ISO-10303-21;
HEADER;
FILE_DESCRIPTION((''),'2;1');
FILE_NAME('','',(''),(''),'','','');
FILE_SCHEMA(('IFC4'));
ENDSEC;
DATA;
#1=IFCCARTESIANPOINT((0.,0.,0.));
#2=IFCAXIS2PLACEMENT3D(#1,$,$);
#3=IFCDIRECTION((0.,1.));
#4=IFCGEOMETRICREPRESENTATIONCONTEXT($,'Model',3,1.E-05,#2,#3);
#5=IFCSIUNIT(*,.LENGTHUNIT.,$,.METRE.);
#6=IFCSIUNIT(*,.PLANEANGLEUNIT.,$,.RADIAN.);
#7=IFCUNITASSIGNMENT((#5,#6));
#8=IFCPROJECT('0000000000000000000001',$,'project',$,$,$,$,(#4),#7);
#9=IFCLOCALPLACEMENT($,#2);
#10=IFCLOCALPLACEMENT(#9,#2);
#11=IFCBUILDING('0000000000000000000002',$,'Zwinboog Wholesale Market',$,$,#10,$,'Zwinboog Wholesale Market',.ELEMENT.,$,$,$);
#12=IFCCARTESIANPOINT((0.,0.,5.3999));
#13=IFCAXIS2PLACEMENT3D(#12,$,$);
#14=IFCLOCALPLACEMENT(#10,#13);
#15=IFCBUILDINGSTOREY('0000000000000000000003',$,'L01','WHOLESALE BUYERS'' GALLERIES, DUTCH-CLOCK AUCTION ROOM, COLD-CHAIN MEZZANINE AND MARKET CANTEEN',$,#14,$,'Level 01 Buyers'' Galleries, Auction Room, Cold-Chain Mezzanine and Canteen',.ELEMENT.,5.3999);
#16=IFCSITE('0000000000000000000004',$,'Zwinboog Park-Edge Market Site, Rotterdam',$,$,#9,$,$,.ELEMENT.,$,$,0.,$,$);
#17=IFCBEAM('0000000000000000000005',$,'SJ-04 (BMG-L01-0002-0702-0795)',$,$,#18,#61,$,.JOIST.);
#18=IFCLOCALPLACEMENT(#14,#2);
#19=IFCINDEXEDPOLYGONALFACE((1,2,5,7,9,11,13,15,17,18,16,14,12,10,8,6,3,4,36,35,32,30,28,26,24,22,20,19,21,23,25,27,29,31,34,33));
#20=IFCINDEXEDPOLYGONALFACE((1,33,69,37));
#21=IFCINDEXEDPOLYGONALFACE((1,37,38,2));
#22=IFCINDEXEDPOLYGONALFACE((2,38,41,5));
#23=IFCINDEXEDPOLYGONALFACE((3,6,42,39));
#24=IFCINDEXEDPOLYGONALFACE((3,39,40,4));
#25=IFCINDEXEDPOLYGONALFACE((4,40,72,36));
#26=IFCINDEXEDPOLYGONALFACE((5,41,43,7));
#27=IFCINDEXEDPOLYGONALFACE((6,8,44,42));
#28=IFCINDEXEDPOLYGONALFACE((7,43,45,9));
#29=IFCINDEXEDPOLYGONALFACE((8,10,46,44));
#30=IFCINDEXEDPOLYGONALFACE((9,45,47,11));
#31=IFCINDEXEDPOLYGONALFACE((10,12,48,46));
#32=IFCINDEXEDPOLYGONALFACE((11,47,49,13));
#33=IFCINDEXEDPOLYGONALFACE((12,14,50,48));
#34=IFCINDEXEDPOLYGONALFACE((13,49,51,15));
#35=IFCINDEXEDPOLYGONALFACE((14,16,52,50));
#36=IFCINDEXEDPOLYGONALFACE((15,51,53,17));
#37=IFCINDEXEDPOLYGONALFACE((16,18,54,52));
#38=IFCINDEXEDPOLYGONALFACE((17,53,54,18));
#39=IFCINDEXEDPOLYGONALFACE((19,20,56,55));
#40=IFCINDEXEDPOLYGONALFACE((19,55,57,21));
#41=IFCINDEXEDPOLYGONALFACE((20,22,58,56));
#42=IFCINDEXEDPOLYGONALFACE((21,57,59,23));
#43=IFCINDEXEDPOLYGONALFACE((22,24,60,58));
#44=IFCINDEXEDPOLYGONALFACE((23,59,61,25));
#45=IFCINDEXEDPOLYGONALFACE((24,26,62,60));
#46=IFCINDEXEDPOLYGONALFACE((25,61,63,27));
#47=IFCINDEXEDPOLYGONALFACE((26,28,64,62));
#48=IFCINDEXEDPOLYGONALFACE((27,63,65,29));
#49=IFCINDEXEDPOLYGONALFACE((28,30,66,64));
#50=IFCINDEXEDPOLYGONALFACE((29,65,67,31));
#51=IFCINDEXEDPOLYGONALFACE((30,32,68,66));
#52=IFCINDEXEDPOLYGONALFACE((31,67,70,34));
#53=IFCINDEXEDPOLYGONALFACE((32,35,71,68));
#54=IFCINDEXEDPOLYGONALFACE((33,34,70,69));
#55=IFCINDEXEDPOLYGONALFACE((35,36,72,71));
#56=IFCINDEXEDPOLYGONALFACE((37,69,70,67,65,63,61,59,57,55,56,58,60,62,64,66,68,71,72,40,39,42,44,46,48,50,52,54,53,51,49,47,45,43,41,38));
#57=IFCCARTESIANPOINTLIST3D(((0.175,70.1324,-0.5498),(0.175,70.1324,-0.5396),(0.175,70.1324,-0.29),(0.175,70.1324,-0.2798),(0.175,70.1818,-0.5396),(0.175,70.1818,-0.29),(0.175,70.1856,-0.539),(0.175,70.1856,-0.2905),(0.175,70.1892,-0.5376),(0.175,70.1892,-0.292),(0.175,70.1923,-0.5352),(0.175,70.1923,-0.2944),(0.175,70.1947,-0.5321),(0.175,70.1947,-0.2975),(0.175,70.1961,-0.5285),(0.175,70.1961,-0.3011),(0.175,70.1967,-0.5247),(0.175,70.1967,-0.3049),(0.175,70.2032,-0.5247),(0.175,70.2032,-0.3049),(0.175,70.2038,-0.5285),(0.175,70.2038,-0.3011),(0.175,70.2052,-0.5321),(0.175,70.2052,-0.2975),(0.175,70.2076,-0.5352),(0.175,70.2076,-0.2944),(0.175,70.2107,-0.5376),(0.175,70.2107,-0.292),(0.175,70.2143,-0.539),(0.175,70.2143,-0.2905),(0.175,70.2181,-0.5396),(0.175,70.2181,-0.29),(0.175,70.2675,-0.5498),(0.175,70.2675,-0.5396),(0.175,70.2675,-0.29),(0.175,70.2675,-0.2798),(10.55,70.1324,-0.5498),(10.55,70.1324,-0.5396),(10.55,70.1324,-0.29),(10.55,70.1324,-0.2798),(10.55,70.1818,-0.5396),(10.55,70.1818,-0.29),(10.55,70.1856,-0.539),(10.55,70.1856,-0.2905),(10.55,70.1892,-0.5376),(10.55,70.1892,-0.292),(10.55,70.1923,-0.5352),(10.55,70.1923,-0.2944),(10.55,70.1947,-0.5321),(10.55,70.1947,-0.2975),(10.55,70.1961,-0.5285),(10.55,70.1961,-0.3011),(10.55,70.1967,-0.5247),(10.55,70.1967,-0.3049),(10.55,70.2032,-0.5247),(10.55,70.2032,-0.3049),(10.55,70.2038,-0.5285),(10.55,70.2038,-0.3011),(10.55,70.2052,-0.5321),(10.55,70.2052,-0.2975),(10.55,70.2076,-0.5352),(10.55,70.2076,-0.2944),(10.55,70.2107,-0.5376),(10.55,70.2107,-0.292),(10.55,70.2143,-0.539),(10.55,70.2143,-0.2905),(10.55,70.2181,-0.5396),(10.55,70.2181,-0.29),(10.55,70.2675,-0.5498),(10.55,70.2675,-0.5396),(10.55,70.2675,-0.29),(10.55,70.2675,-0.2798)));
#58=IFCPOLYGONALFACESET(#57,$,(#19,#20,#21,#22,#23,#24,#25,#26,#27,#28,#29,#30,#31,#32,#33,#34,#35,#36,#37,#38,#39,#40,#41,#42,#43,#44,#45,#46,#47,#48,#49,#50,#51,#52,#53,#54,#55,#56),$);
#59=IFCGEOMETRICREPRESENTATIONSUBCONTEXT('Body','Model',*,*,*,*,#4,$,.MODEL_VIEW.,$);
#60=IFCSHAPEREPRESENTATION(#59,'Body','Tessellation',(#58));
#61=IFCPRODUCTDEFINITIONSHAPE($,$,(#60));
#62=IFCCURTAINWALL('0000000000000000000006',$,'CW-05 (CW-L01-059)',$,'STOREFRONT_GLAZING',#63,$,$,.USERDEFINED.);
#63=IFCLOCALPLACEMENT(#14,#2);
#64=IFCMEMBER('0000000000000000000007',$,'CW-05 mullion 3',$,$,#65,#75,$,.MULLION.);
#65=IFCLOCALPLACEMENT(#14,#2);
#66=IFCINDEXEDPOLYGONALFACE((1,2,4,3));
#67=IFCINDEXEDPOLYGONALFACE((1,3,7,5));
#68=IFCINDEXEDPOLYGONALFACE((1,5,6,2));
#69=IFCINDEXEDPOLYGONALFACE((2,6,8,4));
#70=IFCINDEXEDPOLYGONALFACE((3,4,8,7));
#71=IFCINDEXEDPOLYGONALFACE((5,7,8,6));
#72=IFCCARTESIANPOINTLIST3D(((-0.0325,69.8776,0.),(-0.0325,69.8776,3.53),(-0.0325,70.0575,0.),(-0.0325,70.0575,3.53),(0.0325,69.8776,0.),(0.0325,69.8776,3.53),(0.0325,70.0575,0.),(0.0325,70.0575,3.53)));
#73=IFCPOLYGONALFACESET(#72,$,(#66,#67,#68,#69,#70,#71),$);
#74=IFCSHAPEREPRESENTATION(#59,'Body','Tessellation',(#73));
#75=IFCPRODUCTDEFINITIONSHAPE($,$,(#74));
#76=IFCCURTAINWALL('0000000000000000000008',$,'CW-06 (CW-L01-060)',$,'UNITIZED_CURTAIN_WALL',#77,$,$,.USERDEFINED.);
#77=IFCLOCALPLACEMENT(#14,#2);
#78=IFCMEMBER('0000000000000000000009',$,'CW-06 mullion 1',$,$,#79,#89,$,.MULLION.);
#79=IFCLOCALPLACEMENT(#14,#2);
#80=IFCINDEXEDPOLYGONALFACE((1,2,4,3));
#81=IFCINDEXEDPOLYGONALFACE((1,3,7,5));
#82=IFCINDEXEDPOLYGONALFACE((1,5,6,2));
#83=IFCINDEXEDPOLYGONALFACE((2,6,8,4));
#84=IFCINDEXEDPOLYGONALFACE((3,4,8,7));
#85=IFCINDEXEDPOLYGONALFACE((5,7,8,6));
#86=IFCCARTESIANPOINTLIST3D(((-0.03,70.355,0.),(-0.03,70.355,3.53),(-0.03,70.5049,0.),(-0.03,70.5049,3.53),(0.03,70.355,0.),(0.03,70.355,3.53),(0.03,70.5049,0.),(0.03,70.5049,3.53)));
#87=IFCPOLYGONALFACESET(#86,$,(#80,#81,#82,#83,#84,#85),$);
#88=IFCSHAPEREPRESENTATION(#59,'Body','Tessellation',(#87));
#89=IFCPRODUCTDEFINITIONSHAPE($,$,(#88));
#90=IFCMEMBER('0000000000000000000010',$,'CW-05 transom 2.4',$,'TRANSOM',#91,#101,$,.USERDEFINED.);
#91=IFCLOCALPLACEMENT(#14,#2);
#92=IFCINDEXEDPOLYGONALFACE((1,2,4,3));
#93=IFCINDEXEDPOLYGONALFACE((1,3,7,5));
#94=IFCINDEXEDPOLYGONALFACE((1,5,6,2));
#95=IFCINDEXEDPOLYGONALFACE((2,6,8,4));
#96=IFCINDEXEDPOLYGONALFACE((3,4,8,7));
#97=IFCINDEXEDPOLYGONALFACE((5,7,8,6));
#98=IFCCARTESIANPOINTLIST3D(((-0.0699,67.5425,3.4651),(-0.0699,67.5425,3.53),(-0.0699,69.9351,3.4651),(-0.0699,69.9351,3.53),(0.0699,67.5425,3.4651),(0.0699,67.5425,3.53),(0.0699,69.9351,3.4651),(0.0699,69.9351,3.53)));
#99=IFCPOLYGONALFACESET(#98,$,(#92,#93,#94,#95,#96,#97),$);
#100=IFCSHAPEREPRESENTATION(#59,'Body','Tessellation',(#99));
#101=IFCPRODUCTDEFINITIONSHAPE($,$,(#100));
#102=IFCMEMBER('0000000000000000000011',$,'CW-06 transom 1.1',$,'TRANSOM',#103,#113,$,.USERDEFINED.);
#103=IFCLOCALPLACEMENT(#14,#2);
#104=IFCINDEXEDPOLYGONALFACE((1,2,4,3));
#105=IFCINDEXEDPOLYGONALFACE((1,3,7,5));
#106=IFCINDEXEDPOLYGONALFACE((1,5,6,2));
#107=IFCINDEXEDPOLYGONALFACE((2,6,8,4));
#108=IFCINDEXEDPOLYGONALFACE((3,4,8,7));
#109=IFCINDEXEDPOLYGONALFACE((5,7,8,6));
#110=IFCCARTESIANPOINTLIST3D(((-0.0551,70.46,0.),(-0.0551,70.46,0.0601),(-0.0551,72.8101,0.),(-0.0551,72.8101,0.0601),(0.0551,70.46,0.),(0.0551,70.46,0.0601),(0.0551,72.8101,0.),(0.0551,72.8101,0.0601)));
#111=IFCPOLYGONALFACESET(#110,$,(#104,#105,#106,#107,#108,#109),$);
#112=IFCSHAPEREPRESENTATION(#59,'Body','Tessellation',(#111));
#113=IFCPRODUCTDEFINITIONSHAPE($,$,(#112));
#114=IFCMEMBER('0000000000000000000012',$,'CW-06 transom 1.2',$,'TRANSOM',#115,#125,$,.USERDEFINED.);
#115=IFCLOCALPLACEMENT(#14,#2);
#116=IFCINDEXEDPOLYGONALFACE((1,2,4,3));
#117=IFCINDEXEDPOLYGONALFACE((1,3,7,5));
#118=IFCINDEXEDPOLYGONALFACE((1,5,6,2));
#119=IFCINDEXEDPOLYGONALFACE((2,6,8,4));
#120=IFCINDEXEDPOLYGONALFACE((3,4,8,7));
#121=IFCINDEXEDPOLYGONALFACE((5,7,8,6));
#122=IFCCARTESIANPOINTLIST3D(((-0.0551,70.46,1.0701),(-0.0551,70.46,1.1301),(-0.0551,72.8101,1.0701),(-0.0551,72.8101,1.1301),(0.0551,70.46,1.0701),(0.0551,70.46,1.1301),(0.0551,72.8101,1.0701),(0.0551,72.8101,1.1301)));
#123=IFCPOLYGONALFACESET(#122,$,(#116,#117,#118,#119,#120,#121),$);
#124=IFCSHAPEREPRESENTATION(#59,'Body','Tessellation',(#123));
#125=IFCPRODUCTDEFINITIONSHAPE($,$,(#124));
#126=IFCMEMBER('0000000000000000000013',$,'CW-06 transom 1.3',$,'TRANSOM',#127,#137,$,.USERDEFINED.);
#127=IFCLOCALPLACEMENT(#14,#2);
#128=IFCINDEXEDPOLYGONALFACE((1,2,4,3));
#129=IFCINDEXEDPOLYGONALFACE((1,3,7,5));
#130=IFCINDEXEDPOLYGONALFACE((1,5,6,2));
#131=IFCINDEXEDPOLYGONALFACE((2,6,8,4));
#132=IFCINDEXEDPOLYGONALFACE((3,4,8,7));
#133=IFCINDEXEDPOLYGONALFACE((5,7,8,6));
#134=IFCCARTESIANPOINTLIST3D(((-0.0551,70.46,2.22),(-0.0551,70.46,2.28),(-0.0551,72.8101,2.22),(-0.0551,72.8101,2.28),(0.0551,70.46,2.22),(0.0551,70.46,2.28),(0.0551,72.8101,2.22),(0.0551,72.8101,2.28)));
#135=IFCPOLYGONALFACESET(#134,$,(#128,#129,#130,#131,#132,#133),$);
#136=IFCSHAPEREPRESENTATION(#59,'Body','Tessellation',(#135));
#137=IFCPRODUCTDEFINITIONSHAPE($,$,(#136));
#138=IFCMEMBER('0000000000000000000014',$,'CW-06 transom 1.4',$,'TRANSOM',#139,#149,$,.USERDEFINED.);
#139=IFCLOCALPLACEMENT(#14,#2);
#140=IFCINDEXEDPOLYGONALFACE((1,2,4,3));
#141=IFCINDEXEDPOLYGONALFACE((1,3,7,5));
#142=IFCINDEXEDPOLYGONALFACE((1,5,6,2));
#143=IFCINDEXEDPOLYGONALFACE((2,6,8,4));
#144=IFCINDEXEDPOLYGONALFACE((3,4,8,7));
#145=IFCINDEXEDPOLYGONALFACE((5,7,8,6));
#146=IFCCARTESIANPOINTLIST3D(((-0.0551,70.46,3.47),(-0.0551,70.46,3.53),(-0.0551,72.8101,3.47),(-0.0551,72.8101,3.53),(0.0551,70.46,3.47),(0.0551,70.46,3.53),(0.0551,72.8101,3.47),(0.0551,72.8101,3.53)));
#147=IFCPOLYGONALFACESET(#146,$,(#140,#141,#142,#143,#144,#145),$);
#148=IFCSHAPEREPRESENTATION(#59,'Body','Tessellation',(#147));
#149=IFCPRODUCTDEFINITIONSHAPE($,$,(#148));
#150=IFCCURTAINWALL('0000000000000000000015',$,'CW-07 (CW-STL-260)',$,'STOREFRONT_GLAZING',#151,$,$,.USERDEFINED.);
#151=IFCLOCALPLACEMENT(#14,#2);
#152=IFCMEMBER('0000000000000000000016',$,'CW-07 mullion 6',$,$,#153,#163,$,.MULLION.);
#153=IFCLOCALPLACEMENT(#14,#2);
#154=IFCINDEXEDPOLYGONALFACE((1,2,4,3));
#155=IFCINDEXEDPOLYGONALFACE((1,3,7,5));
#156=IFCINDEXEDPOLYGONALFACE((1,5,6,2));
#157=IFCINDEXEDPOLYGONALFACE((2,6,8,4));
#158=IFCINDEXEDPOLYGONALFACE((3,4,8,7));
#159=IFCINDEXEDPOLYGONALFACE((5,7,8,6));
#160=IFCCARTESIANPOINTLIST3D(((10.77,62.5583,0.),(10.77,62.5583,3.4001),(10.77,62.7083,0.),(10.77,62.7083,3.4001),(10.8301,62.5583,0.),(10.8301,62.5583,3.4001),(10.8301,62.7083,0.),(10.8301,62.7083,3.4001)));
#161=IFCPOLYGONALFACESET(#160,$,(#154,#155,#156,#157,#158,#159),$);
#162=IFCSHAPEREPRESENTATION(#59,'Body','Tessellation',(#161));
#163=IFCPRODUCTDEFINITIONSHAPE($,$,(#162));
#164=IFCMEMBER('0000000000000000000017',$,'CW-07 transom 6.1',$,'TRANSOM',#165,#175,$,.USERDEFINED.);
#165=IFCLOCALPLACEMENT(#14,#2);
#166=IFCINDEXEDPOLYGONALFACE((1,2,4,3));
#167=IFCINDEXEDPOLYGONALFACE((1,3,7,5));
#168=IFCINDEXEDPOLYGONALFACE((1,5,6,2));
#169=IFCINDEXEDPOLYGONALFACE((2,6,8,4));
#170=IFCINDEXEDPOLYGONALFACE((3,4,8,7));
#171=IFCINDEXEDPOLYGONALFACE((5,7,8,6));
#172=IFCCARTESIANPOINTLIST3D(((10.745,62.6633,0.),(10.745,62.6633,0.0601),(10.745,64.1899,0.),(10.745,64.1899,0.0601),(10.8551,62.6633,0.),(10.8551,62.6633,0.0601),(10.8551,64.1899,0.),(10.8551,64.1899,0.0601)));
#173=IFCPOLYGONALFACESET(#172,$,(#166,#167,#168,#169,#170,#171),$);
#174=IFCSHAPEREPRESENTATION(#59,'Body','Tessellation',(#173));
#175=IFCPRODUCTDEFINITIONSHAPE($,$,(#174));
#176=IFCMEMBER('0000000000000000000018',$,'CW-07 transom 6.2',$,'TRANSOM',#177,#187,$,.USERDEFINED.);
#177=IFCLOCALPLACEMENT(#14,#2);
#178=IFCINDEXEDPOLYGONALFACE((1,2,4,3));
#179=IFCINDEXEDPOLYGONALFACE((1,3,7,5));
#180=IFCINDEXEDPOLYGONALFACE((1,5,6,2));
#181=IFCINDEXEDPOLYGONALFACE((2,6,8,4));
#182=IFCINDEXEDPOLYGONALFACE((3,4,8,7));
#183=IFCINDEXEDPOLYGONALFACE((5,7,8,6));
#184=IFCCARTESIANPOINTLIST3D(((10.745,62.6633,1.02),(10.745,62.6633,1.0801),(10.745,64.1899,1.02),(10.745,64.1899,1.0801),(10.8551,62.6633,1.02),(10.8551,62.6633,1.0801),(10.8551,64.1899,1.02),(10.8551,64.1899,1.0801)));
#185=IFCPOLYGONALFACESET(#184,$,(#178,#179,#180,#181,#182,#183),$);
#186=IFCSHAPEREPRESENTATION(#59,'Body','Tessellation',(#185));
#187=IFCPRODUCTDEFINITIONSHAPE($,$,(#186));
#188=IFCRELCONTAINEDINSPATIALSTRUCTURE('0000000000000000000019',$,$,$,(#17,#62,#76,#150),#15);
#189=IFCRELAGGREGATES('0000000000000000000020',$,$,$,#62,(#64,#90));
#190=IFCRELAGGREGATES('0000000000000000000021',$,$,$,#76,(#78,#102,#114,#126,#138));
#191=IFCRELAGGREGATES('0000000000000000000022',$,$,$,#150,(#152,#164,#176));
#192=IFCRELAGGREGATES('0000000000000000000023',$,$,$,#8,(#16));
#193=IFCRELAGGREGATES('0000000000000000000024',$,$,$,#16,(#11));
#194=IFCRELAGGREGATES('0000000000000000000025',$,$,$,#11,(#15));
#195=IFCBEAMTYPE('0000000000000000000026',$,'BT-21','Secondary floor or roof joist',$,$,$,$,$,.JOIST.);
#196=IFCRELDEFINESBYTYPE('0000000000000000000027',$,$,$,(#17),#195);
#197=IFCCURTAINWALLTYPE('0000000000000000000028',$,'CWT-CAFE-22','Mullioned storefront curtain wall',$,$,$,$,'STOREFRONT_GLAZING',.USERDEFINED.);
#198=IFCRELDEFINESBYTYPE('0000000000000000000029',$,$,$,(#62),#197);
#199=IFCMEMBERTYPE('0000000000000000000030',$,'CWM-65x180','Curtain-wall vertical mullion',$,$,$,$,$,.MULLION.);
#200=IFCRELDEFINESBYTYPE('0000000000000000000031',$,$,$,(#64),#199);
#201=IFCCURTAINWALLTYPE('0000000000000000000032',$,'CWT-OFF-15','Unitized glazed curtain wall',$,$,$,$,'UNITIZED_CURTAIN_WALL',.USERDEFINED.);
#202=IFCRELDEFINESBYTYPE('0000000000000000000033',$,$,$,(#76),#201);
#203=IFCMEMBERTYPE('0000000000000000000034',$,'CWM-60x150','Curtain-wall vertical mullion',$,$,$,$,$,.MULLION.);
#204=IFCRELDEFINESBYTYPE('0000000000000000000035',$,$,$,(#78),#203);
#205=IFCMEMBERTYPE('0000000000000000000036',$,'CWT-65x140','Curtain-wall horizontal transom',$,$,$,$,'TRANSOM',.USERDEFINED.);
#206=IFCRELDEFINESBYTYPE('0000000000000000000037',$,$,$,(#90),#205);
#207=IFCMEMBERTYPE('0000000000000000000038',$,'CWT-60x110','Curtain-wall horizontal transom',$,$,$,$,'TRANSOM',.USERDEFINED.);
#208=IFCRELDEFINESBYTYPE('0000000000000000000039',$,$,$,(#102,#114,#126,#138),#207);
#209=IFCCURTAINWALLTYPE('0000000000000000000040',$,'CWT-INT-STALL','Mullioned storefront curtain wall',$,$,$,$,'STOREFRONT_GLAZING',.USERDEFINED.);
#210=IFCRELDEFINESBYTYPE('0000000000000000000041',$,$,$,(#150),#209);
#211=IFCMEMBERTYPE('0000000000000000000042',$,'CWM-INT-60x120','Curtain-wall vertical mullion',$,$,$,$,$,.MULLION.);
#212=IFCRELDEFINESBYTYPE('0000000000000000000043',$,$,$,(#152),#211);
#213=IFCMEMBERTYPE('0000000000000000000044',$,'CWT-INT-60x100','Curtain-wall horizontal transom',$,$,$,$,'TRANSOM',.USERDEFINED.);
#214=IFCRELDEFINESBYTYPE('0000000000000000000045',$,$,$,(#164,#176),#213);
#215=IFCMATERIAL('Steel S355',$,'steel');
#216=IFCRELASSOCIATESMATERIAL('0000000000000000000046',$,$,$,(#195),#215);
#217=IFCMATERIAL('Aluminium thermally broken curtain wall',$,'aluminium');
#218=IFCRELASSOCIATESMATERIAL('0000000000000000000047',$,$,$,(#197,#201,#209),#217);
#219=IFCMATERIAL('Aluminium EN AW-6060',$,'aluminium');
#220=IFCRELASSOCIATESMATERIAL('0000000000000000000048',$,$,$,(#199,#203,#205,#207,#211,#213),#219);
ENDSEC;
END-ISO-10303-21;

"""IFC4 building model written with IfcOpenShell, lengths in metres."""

from ifc_helpers import new_model, si_unit, direction, frame, origin, origin_2d, place, context, subcontext, project, spatial, rectangle, i_section, extrude, material, material_profile, profile_set, type_object, element, aggregate, save


model = new_model("IFC4")

# Units and contexts
model_context = context("Model", 3, precision=1e-05, world=origin(), true_north=direction((0.0, 1.0)))
body_context = subcontext(model_context, "Body", "Model", "MODEL_VIEW")
ifc_project = project(units=[si_unit("LENGTHUNIT", "METRE"), si_unit("PLANEANGLEUNIT", "RADIAN")], contexts=[model_context])

# Site, building, storey
site_placement = place(None, origin())
site = spatial("IfcSite", under=ifc_project, at=site_placement, Name="Zwinboog Park-Edge Market Site, Rotterdam", CompositionType="ELEMENT", RefElevation=0.0)
building_placement = place(site_placement, origin())
building = spatial("IfcBuilding", under=site, at=building_placement, Name="Zwinboog Wholesale Market", LongName="Zwinboog Wholesale Market", CompositionType="ELEMENT")
storey_placement = place(building_placement, frame((0.0, 0.0, 5.3999)))
storey = spatial("IfcBuildingStorey", under=building, at=storey_placement, Name="L01", Description="WHOLESALE BUYERS' GALLERIES, DUTCH-CLOCK AUCTION ROOM, COLD-CHAIN MEZZANINE AND MARKET CANTEEN", LongName="Level 01 Buyers' Galleries, Auction Room, Cold-Chain Mezzanine and Canteen", CompositionType="ELEMENT", Elevation=5.3999)

# Beam
ifc_material_1 = material(Name="Steel S355", Category="steel")
ifc_material_profile_1 = material_profile(ifc_material_1, i_section(OverallWidth=0.135, OverallDepth=0.27, WebThickness=0.0066, FlangeThickness=0.0103, FilletRadius=0.0149, at=origin_2d()), Name="IPE 270")
ifc_profile_set_1 = profile_set([ifc_material_profile_1], Name="Steel S355")
beam_type = type_object("IfcBeamType", Name="BT-21", Description="Secondary floor or roof joist", PredefinedType="JOIST", material=ifc_profile_set_1)
beam_placement = place(storey_placement, frame((0.175, 70.2, -0.4148), z_axis=(1.0, 0.0, 0.0), x_axis=(0.0, 1.0, 0.0)))
element("IfcBeam", 1, at=beam_placement, inside=storey, type_object=beam_type, Name="SJ-04 (BMG-L01-0002-0702-0795)", PredefinedType="JOIST", context=body_context, shape_type="SweptSolid", body=[
    extrude(i_section(OverallWidth=0.135, OverallDepth=0.27, WebThickness=0.0066, FlangeThickness=0.0103, FilletRadius=0.0149, at=origin_2d()), origin(), (0.0, 0.0, 1.0), 10.375),
])

# Curtain walls, members
ifc_material_2 = material(Name="Aluminium thermally broken curtain wall", Category="aluminium")
curtain_wall_type_1 = type_object("IfcCurtainWallType", Name="CWT-CAFE-22", Description="Mullioned storefront curtain wall", ElementType="STOREFRONT_GLAZING", PredefinedType="USERDEFINED", material=ifc_material_2)
curtain_wall_1_placement = place(storey_placement, origin())
curtain_wall_1 = element("IfcCurtainWall", 2, at=curtain_wall_1_placement, inside=storey, type_object=curtain_wall_type_1, Name="CW-05 (CW-L01-059)", ObjectType="STOREFRONT_GLAZING", PredefinedType="USERDEFINED")
ifc_material_3 = material(Name="Aluminium EN AW-6060", Category="aluminium")
ifc_material_profile_2 = material_profile(ifc_material_3, rectangle(XDim=0.0649, YDim=0.1799, at=origin_2d()), Name="AL 65x180")
ifc_profile_set_2 = profile_set([ifc_material_profile_2], Name="Aluminium EN AW-6060")
member_type_1 = type_object("IfcMemberType", Name="CWM-65x180", Description="Curtain-wall vertical mullion", PredefinedType="MULLION", material=ifc_profile_set_2)
member_1_placement = place(storey_placement, frame((0.0, 69.9675, 0.0), z_axis=(0.0, 0.0, 1.0), x_axis=(-1.0, 0.0, 0.0)))
member_1 = element("IfcMember", 3, at=member_1_placement, type_object=member_type_1, Name="CW-05 mullion 3", PredefinedType="MULLION", context=body_context, shape_type="SweptSolid", body=[
    extrude(rectangle(XDim=0.0649, YDim=0.1799, at=origin_2d()), origin(), (0.0, 0.0, 1.0), 3.53),
])
curtain_wall_type_2 = type_object("IfcCurtainWallType", Name="CWT-OFF-15", Description="Unitized glazed curtain wall", ElementType="UNITIZED_CURTAIN_WALL", PredefinedType="USERDEFINED", material=ifc_material_2)
curtain_wall_2_placement = place(storey_placement, origin())
curtain_wall_2 = element("IfcCurtainWall", 4, at=curtain_wall_2_placement, inside=storey, type_object=curtain_wall_type_2, Name="CW-06 (CW-L01-060)", ObjectType="UNITIZED_CURTAIN_WALL", PredefinedType="USERDEFINED")
ifc_material_profile_3 = material_profile(ifc_material_3, rectangle(XDim=0.0601, YDim=0.1499, at=origin_2d()), Name="AL 60x150")
ifc_profile_set_3 = profile_set([ifc_material_profile_3], Name="Aluminium EN AW-6060")
member_type_2 = type_object("IfcMemberType", Name="CWM-60x150", Description="Curtain-wall vertical mullion", PredefinedType="MULLION", material=ifc_profile_set_3)
member_2_placement = place(storey_placement, frame((0.0, 70.4299, 0.0), z_axis=(0.0, 0.0, 1.0), x_axis=(-1.0, 0.0, 0.0)))
member_2 = element("IfcMember", 5, at=member_2_placement, type_object=member_type_2, Name="CW-06 mullion 1", PredefinedType="MULLION", context=body_context, shape_type="SweptSolid", body=[
    extrude(rectangle(XDim=0.0601, YDim=0.1499, at=origin_2d()), origin(), (0.0, 0.0, 1.0), 3.53),
])

# Members
ifc_material_profile_4 = material_profile(ifc_material_3, rectangle(XDim=0.1399, YDim=0.0649, at=origin_2d()), Name="AL 65x140")
ifc_profile_set_4 = profile_set([ifc_material_profile_4], Name="Aluminium EN AW-6060")
member_type_3 = type_object("IfcMemberType", Name="CWT-65x140", Description="Curtain-wall horizontal transom", ElementType="TRANSOM", PredefinedType="USERDEFINED", material=ifc_profile_set_4)
member_3_placement = place(storey_placement, frame((0.0, 67.5425, 3.4976), z_axis=(0.0, 1.0, 0.0), x_axis=(-1.0, 0.0, 0.0)))
member_3 = element("IfcMember", 6, at=member_3_placement, type_object=member_type_3, Name="CW-05 transom 2.4", ObjectType="TRANSOM", PredefinedType="USERDEFINED", context=body_context, shape_type="SweptSolid", body=[
    extrude(rectangle(XDim=0.1399, YDim=0.0649, at=origin_2d()), origin(), (0.0, 0.0, 1.0), 2.3926),
])
ifc_material_profile_5 = material_profile(ifc_material_3, rectangle(XDim=0.1101, YDim=0.0601, at=origin_2d()), Name="AL 60x110")
ifc_profile_set_5 = profile_set([ifc_material_profile_5], Name="Aluminium EN AW-6060")
member_type_4 = type_object("IfcMemberType", Name="CWT-60x110", Description="Curtain-wall horizontal transom", ElementType="TRANSOM", PredefinedType="USERDEFINED", material=ifc_profile_set_5)
member_4_placement = place(storey_placement, frame((0.0, 70.46, 0.03), z_axis=(0.0, 1.0, 0.0), x_axis=(-1.0, 0.0, 0.0)))
member_4 = element("IfcMember", 7, at=member_4_placement, type_object=member_type_4, Name="CW-06 transom 1.1", ObjectType="TRANSOM", PredefinedType="USERDEFINED", context=body_context, shape_type="SweptSolid", body=[
    extrude(rectangle(XDim=0.1101, YDim=0.0601, at=origin_2d()), origin(), (0.0, 0.0, 1.0), 2.3501),
])
member_5_placement = place(storey_placement, frame((0.0, 70.46, 1.1001), z_axis=(0.0, 1.0, 0.0), x_axis=(-1.0, 0.0, 0.0)))
member_5 = element("IfcMember", 8, at=member_5_placement, type_object=member_type_4, Name="CW-06 transom 1.2", ObjectType="TRANSOM", PredefinedType="USERDEFINED", context=body_context, shape_type="SweptSolid", body=[
    extrude(rectangle(XDim=0.1101, YDim=0.0601, at=origin_2d()), origin(), (0.0, 0.0, 1.0), 2.3501),
])
member_6_placement = place(storey_placement, frame((0.0, 70.46, 2.25), z_axis=(0.0, 1.0, 0.0), x_axis=(-1.0, 0.0, 0.0)))
member_6 = element("IfcMember", 9, at=member_6_placement, type_object=member_type_4, Name="CW-06 transom 1.3", ObjectType="TRANSOM", PredefinedType="USERDEFINED", context=body_context, shape_type="SweptSolid", body=[
    extrude(rectangle(XDim=0.1101, YDim=0.0601, at=origin_2d()), origin(), (0.0, 0.0, 1.0), 2.3501),
])
member_7_placement = place(storey_placement, frame((0.0, 70.46, 3.5), z_axis=(0.0, 1.0, 0.0), x_axis=(-1.0, 0.0, 0.0)))
member_7 = element("IfcMember", 10, at=member_7_placement, type_object=member_type_4, Name="CW-06 transom 1.4", ObjectType="TRANSOM", PredefinedType="USERDEFINED", context=body_context, shape_type="SweptSolid", body=[
    extrude(rectangle(XDim=0.1101, YDim=0.0601, at=origin_2d()), origin(), (0.0, 0.0, 1.0), 2.3501),
])

# Curtain wall, members
curtain_wall_type_3 = type_object("IfcCurtainWallType", Name="CWT-INT-STALL", Description="Mullioned storefront curtain wall", ElementType="STOREFRONT_GLAZING", PredefinedType="USERDEFINED", material=ifc_material_2)
curtain_wall_3_placement = place(storey_placement, origin())
curtain_wall_3 = element("IfcCurtainWall", 11, at=curtain_wall_3_placement, inside=storey, type_object=curtain_wall_type_3, Name="CW-07 (CW-STL-260)", ObjectType="STOREFRONT_GLAZING", PredefinedType="USERDEFINED")
ifc_material_profile_6 = material_profile(ifc_material_3, rectangle(XDim=0.0601, YDim=0.1499, at=origin_2d()), Name="AL 60x150")
ifc_profile_set_6 = profile_set([ifc_material_profile_6], Name="Aluminium EN AW-6060")
member_type_5 = type_object("IfcMemberType", Name="CWM-INT-60x120", Description="Curtain-wall vertical mullion", PredefinedType="MULLION", material=ifc_profile_set_6)
member_8_placement = place(storey_placement, frame((10.8, 62.6333, 0.0), z_axis=(0.0, 0.0, 1.0), x_axis=(-1.0, 0.0, 0.0)))
member_8 = element("IfcMember", 12, at=member_8_placement, type_object=member_type_5, Name="CW-07 mullion 6", PredefinedType="MULLION", context=body_context, shape_type="SweptSolid", body=[
    extrude(rectangle(XDim=0.0601, YDim=0.1499, at=origin_2d()), origin(), (0.0, 0.0, 1.0), 3.4001),
])
ifc_material_profile_7 = material_profile(ifc_material_3, rectangle(XDim=0.1101, YDim=0.0601, at=origin_2d()), Name="AL 60x110")
ifc_profile_set_7 = profile_set([ifc_material_profile_7], Name="Aluminium EN AW-6060")
member_type_6 = type_object("IfcMemberType", Name="CWT-INT-60x100", Description="Curtain-wall horizontal transom", ElementType="TRANSOM", PredefinedType="USERDEFINED", material=ifc_profile_set_7)
member_9_placement = place(storey_placement, frame((10.8, 62.6633, 0.03), z_axis=(0.0, 1.0, 0.0), x_axis=(-1.0, 0.0, 0.0)))
member_9 = element("IfcMember", 13, at=member_9_placement, type_object=member_type_6, Name="CW-07 transom 6.1", ObjectType="TRANSOM", PredefinedType="USERDEFINED", context=body_context, shape_type="SweptSolid", body=[
    extrude(rectangle(XDim=0.1101, YDim=0.0601, at=origin_2d()), origin(), (0.0, 0.0, 1.0), 1.5266),
])
member_10_placement = place(storey_placement, frame((10.8, 62.6633, 1.05), z_axis=(0.0, 1.0, 0.0), x_axis=(-1.0, 0.0, 0.0)))
member_10 = element("IfcMember", 14, at=member_10_placement, type_object=member_type_6, Name="CW-07 transom 6.2", ObjectType="TRANSOM", PredefinedType="USERDEFINED", context=body_context, shape_type="SweptSolid", body=[
    extrude(rectangle(XDim=0.1101, YDim=0.0601, at=origin_2d()), origin(), (0.0, 0.0, 1.0), 1.5266),
])

aggregate(curtain_wall_1, [member_1, member_3])
aggregate(curtain_wall_2, [member_2, member_4, member_5, member_6, member_7])
aggregate(curtain_wall_3, [member_8, member_9, member_10])

save(model, "model.ifc")
